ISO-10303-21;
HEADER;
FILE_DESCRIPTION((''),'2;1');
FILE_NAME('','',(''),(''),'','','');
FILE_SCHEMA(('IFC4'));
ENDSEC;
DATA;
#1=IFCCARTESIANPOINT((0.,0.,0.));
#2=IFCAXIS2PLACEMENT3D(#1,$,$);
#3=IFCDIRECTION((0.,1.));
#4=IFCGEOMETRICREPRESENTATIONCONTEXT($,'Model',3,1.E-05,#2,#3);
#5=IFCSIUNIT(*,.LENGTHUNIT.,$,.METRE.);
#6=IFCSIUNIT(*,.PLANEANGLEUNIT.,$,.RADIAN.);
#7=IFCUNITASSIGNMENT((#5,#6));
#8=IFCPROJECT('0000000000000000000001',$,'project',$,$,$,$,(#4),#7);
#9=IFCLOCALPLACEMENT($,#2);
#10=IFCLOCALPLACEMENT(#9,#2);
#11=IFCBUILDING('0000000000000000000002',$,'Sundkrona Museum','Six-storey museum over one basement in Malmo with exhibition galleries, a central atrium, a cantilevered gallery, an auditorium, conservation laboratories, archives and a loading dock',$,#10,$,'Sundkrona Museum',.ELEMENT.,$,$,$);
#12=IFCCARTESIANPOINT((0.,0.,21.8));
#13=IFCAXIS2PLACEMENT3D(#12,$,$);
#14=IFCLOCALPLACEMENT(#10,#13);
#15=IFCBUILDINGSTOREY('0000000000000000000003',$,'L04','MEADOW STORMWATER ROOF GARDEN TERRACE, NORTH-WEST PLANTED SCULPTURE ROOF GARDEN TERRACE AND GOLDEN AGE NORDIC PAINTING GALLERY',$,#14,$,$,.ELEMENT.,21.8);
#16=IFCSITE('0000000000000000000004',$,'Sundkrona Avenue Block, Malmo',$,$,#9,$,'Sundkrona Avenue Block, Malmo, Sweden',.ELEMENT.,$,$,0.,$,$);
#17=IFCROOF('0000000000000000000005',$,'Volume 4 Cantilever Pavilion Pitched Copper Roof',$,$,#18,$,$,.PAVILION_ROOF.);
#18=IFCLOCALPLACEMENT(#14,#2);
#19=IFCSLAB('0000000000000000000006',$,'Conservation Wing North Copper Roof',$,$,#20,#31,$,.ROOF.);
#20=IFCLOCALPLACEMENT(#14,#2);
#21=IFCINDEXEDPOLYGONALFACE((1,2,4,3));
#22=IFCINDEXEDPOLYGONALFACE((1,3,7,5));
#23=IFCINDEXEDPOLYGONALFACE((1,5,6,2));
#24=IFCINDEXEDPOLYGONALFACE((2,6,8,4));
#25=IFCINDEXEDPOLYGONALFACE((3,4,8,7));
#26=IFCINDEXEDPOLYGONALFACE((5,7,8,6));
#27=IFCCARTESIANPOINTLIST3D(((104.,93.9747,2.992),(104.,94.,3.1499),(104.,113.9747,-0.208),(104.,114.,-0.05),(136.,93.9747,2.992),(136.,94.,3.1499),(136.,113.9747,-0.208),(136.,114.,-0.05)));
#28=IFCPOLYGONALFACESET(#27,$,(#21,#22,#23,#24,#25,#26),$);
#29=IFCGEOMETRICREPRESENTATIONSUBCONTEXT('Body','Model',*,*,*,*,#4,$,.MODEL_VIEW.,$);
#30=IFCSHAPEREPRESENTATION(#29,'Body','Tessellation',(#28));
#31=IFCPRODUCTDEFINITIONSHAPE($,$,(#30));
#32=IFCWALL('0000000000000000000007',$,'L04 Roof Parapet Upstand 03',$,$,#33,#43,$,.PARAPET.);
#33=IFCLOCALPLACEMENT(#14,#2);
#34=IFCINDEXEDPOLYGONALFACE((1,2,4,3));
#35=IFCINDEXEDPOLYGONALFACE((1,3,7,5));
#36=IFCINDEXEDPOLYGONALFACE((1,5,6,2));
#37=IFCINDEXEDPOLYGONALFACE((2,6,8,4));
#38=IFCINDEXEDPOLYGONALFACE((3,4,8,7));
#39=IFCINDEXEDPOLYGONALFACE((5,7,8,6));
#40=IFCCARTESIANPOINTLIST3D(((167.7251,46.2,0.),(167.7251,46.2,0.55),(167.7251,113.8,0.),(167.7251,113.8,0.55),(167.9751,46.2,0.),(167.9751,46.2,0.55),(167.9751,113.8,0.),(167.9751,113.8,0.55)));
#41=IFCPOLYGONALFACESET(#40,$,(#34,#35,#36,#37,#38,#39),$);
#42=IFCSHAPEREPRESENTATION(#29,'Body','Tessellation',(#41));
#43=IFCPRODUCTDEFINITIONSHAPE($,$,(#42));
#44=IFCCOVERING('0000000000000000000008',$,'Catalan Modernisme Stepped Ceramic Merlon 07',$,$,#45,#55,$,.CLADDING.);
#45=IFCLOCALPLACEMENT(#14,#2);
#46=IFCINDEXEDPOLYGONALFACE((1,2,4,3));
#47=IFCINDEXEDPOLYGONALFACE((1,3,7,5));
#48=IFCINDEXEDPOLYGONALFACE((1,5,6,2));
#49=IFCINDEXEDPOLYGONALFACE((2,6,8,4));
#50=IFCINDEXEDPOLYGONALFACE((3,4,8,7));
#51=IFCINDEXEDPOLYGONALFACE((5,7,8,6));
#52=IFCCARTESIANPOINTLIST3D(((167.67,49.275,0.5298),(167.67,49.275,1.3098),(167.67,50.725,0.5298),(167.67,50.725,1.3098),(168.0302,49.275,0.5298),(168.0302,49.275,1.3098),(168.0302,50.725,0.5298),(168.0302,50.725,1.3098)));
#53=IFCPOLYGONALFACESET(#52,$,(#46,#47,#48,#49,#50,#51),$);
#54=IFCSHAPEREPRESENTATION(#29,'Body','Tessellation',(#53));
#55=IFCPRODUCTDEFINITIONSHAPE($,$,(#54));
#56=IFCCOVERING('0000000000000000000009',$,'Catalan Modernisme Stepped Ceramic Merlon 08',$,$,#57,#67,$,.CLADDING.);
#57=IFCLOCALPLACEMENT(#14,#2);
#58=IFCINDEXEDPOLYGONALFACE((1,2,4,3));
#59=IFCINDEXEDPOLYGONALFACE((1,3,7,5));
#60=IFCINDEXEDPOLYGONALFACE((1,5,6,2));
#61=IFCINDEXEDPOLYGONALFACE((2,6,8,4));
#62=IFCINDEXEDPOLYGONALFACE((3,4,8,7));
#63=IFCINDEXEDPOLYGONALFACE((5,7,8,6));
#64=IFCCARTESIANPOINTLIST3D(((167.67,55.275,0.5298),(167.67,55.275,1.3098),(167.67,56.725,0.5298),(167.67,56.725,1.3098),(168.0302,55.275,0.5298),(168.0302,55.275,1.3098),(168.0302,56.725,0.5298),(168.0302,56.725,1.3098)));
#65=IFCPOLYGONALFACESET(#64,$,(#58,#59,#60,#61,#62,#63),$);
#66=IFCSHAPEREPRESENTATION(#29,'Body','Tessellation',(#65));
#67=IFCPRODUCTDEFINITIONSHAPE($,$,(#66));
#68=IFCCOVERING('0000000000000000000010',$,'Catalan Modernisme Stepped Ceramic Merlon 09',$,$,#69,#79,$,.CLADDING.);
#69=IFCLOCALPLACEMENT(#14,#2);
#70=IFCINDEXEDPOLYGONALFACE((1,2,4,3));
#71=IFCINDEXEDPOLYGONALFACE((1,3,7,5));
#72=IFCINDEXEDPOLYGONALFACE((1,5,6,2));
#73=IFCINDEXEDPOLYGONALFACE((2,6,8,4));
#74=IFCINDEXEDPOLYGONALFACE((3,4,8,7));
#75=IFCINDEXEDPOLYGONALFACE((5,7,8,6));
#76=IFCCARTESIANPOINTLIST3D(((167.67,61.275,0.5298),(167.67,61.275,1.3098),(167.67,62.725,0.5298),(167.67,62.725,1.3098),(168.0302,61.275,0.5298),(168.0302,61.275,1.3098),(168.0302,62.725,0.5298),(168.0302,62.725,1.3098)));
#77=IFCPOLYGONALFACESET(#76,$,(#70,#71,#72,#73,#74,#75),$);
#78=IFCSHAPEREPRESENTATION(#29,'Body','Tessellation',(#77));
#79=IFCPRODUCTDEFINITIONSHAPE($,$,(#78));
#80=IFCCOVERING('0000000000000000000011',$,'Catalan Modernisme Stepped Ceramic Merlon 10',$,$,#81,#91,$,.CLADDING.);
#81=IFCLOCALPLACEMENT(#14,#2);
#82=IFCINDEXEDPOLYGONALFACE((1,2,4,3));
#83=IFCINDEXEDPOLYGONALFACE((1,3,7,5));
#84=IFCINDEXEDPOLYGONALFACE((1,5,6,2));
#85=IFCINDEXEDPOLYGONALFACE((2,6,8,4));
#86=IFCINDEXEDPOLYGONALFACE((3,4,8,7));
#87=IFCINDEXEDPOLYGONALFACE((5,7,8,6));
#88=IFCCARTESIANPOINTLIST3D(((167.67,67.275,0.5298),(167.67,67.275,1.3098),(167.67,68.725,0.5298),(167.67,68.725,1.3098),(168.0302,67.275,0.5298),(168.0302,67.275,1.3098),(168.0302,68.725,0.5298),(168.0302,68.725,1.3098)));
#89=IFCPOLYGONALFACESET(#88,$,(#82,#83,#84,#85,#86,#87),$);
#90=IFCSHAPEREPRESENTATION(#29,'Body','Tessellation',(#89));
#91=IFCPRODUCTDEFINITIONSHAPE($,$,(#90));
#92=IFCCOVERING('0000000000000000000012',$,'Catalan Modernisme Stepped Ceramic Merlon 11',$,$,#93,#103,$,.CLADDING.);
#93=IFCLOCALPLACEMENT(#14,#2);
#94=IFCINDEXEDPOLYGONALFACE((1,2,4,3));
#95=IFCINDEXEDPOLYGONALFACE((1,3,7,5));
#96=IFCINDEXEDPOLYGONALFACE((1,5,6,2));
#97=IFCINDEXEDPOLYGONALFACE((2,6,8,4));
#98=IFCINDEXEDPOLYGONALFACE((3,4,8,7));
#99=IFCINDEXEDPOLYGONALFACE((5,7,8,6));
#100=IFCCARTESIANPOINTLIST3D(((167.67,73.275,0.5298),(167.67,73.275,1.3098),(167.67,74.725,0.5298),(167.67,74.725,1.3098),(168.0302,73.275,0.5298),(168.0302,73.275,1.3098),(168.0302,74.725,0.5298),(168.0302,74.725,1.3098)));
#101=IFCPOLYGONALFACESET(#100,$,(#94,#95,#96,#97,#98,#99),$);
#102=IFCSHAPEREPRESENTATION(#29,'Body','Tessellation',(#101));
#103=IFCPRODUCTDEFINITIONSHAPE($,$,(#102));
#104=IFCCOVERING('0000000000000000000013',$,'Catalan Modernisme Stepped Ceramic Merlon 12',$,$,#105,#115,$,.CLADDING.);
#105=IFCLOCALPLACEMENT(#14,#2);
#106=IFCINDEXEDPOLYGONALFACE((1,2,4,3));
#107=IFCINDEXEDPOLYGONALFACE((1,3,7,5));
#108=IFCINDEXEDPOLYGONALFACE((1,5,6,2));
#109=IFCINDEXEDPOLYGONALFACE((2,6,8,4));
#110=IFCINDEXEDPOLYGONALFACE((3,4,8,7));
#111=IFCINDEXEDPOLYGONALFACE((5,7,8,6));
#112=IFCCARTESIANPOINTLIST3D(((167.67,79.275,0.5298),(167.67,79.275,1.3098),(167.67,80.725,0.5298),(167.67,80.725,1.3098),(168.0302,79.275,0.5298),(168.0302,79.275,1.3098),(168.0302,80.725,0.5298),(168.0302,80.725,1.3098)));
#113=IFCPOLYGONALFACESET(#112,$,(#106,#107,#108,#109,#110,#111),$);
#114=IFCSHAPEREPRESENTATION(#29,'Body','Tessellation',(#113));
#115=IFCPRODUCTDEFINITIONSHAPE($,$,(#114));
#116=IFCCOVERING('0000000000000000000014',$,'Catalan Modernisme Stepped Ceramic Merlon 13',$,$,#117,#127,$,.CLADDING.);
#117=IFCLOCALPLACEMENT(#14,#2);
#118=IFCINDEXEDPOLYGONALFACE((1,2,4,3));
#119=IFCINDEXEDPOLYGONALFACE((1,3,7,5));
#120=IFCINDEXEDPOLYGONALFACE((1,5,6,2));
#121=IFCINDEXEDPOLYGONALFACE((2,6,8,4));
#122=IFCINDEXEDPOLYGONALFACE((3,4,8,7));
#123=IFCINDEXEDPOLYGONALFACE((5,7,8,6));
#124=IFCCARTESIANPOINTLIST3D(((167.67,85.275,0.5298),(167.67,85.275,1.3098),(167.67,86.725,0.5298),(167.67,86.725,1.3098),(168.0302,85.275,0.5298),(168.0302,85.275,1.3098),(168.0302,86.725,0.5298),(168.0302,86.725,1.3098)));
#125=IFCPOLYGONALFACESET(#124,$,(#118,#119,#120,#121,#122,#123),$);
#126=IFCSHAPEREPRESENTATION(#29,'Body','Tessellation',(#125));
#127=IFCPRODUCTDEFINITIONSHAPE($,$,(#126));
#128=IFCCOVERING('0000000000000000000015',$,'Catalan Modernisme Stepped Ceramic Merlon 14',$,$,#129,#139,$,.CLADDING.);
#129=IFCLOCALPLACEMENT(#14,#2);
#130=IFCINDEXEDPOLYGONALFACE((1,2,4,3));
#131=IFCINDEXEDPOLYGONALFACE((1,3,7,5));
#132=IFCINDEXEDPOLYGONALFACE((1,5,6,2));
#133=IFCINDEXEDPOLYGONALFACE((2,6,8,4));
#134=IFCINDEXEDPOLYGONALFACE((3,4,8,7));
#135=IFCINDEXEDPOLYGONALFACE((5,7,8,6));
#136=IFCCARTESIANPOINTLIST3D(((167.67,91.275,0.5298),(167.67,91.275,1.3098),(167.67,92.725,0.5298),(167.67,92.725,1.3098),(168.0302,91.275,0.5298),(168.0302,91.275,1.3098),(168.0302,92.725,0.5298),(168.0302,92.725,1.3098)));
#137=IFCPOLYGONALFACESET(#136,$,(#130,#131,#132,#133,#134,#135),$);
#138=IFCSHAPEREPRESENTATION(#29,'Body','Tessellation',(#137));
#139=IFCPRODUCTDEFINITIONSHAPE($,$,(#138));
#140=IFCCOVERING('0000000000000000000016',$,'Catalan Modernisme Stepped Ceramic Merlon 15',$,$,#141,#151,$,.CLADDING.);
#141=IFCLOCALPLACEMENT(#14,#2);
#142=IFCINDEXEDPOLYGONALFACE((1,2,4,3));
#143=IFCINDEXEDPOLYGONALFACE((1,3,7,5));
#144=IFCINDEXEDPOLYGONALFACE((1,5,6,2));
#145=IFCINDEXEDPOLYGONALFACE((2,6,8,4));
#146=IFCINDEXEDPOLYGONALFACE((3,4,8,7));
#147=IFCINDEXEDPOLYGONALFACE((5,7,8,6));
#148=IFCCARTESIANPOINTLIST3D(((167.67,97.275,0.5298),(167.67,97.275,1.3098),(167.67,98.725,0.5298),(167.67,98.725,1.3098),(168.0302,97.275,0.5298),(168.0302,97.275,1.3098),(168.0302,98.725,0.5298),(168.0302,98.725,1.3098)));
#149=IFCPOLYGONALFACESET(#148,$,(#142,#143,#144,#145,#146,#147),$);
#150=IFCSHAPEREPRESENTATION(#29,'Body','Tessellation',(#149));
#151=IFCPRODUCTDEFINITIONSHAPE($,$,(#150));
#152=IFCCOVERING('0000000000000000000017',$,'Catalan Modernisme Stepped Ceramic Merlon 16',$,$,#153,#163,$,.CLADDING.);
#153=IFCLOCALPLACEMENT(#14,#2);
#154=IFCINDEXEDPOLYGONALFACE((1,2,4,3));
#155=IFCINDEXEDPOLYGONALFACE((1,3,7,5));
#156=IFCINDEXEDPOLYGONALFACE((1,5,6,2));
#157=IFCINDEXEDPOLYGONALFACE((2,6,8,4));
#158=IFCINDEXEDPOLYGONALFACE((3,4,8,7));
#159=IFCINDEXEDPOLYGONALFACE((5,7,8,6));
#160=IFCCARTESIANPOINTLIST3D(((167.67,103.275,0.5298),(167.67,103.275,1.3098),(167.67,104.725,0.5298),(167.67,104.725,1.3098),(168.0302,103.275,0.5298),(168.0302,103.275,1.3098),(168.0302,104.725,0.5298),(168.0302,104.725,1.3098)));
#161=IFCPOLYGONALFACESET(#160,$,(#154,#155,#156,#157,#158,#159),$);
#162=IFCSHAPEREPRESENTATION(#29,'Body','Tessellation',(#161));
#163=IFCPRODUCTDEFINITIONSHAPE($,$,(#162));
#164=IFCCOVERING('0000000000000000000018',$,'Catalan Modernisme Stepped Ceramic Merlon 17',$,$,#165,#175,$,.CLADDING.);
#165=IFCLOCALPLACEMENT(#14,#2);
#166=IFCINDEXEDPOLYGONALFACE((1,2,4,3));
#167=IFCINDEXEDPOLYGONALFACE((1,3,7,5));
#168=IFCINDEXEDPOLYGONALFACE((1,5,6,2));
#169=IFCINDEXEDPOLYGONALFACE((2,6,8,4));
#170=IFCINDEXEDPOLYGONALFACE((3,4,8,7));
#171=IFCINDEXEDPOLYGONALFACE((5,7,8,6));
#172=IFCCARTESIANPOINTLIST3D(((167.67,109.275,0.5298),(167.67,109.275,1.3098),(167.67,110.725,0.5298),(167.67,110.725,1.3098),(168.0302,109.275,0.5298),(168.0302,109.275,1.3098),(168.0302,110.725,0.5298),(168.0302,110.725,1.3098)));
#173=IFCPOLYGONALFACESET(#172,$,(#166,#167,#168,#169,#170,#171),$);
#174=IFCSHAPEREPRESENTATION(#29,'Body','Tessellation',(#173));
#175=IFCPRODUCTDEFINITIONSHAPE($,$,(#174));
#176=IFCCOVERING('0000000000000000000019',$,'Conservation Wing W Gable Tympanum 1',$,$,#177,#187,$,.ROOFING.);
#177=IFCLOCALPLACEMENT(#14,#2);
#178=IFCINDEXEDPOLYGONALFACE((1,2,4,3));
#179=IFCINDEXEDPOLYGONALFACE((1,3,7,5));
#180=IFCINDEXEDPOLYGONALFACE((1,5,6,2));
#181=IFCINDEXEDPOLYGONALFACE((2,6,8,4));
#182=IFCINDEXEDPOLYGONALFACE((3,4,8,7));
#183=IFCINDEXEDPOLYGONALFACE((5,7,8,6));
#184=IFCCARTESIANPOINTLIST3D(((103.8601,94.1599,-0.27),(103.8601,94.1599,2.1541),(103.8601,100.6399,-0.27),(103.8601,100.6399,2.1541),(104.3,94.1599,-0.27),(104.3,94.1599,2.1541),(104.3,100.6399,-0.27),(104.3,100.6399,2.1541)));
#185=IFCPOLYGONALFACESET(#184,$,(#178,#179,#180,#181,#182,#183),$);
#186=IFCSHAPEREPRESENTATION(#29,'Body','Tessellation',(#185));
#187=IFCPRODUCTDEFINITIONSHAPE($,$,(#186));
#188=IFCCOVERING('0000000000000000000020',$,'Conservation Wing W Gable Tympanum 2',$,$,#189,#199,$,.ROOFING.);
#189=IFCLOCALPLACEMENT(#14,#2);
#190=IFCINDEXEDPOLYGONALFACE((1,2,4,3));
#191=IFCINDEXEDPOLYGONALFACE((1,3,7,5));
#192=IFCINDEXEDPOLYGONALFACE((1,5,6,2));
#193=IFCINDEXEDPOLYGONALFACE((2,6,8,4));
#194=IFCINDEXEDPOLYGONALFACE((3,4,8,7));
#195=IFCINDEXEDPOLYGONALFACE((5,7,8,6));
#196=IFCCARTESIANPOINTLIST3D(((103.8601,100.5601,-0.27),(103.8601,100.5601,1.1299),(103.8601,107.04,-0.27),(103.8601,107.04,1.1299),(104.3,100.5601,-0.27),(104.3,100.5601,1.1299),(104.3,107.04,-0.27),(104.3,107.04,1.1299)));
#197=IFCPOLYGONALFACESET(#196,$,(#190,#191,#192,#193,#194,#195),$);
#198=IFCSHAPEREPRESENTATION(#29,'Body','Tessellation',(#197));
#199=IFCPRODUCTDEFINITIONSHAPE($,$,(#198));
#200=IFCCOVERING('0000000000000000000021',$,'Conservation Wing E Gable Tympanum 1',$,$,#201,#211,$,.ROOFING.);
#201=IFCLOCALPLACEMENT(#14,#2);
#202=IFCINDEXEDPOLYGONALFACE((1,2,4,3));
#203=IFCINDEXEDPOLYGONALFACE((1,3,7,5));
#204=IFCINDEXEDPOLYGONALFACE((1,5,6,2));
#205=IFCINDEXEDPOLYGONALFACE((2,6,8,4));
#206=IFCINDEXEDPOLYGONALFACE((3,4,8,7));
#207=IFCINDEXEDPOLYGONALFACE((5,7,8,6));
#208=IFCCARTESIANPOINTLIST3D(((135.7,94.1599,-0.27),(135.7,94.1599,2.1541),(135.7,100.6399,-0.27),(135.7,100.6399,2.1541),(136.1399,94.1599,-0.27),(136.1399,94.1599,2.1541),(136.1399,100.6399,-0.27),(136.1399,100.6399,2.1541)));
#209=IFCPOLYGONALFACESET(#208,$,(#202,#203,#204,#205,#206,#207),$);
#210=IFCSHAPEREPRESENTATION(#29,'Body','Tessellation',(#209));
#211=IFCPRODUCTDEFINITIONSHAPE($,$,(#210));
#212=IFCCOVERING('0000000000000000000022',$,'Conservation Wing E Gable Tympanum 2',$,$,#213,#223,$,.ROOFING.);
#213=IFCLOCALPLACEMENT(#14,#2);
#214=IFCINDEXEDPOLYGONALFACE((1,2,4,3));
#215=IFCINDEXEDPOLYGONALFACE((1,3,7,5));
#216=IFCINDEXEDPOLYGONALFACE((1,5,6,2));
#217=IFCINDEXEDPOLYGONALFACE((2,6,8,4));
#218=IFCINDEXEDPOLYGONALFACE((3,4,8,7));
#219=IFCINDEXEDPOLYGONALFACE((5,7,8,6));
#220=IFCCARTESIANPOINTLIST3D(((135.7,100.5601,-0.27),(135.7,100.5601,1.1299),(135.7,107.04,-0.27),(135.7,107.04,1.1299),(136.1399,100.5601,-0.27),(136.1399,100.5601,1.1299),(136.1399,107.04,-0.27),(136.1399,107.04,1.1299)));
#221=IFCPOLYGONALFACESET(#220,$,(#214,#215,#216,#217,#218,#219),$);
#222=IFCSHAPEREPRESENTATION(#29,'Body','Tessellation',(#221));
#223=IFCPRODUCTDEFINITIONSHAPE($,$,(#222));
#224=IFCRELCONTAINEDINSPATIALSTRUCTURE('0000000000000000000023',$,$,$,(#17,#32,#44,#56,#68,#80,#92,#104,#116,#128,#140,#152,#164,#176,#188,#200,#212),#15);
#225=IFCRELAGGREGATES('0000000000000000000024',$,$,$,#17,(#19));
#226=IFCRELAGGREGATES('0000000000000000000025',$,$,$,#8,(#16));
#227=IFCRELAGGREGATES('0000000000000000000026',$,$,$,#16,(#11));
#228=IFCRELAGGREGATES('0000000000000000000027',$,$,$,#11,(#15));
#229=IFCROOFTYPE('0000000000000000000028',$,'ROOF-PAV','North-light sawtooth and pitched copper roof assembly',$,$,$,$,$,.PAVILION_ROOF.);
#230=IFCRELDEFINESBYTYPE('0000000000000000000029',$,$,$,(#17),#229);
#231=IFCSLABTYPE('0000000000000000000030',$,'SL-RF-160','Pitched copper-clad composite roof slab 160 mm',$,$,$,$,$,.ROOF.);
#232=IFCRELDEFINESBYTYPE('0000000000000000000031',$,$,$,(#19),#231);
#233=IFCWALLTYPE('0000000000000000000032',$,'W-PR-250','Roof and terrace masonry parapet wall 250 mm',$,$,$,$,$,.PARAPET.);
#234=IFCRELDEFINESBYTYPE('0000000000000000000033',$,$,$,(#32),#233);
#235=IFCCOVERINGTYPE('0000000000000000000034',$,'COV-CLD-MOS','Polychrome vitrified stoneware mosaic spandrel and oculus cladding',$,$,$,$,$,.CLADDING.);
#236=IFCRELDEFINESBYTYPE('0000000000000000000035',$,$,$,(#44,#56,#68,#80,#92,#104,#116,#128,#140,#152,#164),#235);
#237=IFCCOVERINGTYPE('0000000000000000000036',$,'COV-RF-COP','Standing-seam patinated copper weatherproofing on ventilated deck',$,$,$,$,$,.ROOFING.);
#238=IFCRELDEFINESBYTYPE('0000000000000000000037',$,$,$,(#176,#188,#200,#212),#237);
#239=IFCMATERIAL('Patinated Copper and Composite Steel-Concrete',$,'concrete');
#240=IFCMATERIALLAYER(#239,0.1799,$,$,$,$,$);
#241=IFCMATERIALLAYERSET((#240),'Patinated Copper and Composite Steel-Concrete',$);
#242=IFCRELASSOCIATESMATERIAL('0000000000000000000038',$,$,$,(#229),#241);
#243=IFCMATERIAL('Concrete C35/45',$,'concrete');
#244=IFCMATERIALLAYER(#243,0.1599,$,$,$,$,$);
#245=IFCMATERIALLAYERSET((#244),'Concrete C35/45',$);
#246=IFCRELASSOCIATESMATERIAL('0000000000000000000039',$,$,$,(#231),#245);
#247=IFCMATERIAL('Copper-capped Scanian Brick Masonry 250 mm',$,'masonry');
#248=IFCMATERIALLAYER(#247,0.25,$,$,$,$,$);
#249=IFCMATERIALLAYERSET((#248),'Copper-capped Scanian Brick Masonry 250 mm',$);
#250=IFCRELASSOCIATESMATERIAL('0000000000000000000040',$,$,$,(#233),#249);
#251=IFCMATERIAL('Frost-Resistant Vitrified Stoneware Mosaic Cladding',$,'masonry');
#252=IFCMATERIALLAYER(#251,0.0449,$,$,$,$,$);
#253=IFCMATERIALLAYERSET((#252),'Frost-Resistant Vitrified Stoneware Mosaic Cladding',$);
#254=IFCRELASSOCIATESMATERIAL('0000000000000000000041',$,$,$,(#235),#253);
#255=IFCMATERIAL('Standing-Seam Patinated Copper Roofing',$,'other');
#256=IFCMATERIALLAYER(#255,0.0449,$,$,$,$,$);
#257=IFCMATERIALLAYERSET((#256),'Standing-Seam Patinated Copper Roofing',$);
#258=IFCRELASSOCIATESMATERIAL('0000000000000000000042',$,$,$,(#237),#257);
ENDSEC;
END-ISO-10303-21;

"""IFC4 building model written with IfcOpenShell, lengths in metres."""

from ifc_helpers import new_model, si_unit, direction, frame, frame_2d, origin, origin_2d, place, context, subcontext, project, spatial, polyline, rectangle, outline, extrude, material, layer, layer_set, type_object, element, aggregate, save


model = new_model("IFC4")

# Units and contexts
model_context = context("Model", 3, precision=1e-05, world=origin(), true_north=direction((0.0, 1.0)))
body_context = subcontext(model_context, "Body", "Model", "MODEL_VIEW")
ifc_project = project(units=[si_unit("LENGTHUNIT", "METRE"), si_unit("PLANEANGLEUNIT", "RADIAN")], contexts=[model_context])

# Site, building, storey
site_placement = place(None, origin())
site = spatial("IfcSite", under=ifc_project, at=site_placement, Name="Sundkrona Avenue Block, Malmo", LongName="Sundkrona Avenue Block, Malmo, Sweden", CompositionType="ELEMENT", RefElevation=0.0)
building_placement = place(site_placement, origin())
building = spatial("IfcBuilding", under=site, at=building_placement, Name="Sundkrona Museum", Description="Six-storey museum over one basement in Malmo with exhibition galleries, a central atrium, a cantilevered gallery, an auditorium, conservation laboratories, archives and a loading dock", LongName="Sundkrona Museum", CompositionType="ELEMENT")
storey_placement = place(building_placement, frame((0.0, 0.0, 21.8)))
storey = spatial("IfcBuildingStorey", under=building, at=storey_placement, Name="L04", Description="MEADOW STORMWATER ROOF GARDEN TERRACE, NORTH-WEST PLANTED SCULPTURE ROOF GARDEN TERRACE AND GOLDEN AGE NORDIC PAINTING GALLERY", CompositionType="ELEMENT", Elevation=21.8)

# Roof, slab
ifc_material_1 = material(Name="Patinated Copper and Composite Steel-Concrete", Category="concrete")
ifc_layer_1 = layer(ifc_material_1, 0.1799)
ifc_layer_set_1 = layer_set([ifc_layer_1], Name="Patinated Copper and Composite Steel-Concrete")
roof_type = type_object("IfcRoofType", Name="ROOF-PAV", Description="North-light sawtooth and pitched copper roof assembly", PredefinedType="PAVILION_ROOF", material=ifc_layer_set_1)
roof_placement = place(storey_placement, origin())
roof = element("IfcRoof", 1, at=roof_placement, inside=storey, type_object=roof_type, Name="Volume 4 Cantilever Pavilion Pitched Copper Roof", PredefinedType="PAVILION_ROOF")
ifc_material_2 = material(Name="Concrete C35/45", Category="concrete")
ifc_layer_2 = layer(ifc_material_2, 0.1599)
ifc_layer_set_2 = layer_set([ifc_layer_2], Name="Concrete C35/45")
slab_type = type_object("IfcSlabType", Name="SL-RF-160", Description="Pitched copper-clad composite roof slab 160 mm", PredefinedType="ROOF", material=ifc_layer_set_2)
slab_placement = place(storey_placement, frame((104.0, 94.0, 3.1499), z_axis=(0.0, 0.157988, 0.987441), x_axis=(1.0, 0.0, 0.0)))
slab = element("IfcSlab", 2, at=slab_placement, type_object=slab_type, Name="Conservation Wing North Copper Roof", PredefinedType="ROOF", context=body_context, shape_type="SweptSolid", body=[
    extrude(outline(polyline([(0.0, 0.0), (32.0, 0.0), (32.0, 20.2544), (0.0, 20.2544), (0.0, 0.0)])), origin(), (0.0, 0.0, -1.0), 0.1599),
])
aggregate(roof, [slab])

# Wall
ifc_material_3 = material(Name="Copper-capped Scanian Brick Masonry 250 mm", Category="masonry")
ifc_layer_3 = layer(ifc_material_3, 0.25)
ifc_layer_set_3 = layer_set([ifc_layer_3], Name="Copper-capped Scanian Brick Masonry 250 mm")
wall_type = type_object("IfcWallType", Name="W-PR-250", Description="Roof and terrace masonry parapet wall 250 mm", PredefinedType="PARAPET", material=ifc_layer_set_3)
wall_placement = place(storey_placement, frame((167.8501, 46.2, 0.0), z_axis=(0.0, 0.0, 1.0), x_axis=(0.0, 1.0, 0.0)))
element("IfcWall", 3, at=wall_placement, inside=storey, type_object=wall_type, Name="L04 Roof Parapet Upstand 03", PredefinedType="PARAPET", context=body_context, shape_type="SweptSolid", body=[
    extrude(rectangle(XDim=67.6001, YDim=0.25, at=frame_2d((33.8, 0.0))), origin(), (0.0, 0.0, 1.0), 0.55),
])

# Coverings
ifc_material_4 = material(Name="Frost-Resistant Vitrified Stoneware Mosaic Cladding", Category="masonry")
ifc_layer_4 = layer(ifc_material_4, 0.0449)
ifc_layer_set_4 = layer_set([ifc_layer_4], Name="Frost-Resistant Vitrified Stoneware Mosaic Cladding")
covering_type_1 = type_object("IfcCoveringType", Name="COV-CLD-MOS", Description="Polychrome vitrified stoneware mosaic spandrel and oculus cladding", PredefinedType="CLADDING", material=ifc_layer_set_4)
for number, where, z_axis, x_axis, name in (
    (4, (167.8501, 50.0, 0.5298), (0.0, 0.0, 1.0), (1.0, 0.0, 0.0), "Catalan Modernisme Stepped Ceramic Merlon 07"),
    (5, (167.8501, 56.0, 0.5298), (0.0, 0.0, 1.0), (1.0, 0.0, 0.0), "Catalan Modernisme Stepped Ceramic Merlon 08"),
    (6, (167.8501, 62.0, 0.5298), (0.0, 0.0, 1.0), (1.0, 0.0, 0.0), "Catalan Modernisme Stepped Ceramic Merlon 09"),
    (7, (167.8501, 68.0, 0.5298), (0.0, 0.0, 1.0), (1.0, 0.0, 0.0), "Catalan Modernisme Stepped Ceramic Merlon 10"),
    (8, (167.8501, 74.0, 0.5298), (0.0, 0.0, 1.0), (1.0, 0.0, 0.0), "Catalan Modernisme Stepped Ceramic Merlon 11"),
    (9, (167.8501, 80.0, 0.5298), (0.0, 0.0, 1.0), (1.0, 0.0, 0.0), "Catalan Modernisme Stepped Ceramic Merlon 12"),
    (10, (167.8501, 86.0, 0.5298), (0.0, 0.0, 1.0), (1.0, 0.0, 0.0), "Catalan Modernisme Stepped Ceramic Merlon 13"),
    (11, (167.8501, 92.0, 0.5298), (0.0, 0.0, 1.0), (1.0, 0.0, 0.0), "Catalan Modernisme Stepped Ceramic Merlon 14"),
    (12, (167.8501, 98.0, 0.5298), (0.0, 0.0, 1.0), (1.0, 0.0, 0.0), "Catalan Modernisme Stepped Ceramic Merlon 15"),
    (13, (167.8501, 104.0, 0.5298), (0.0, 0.0, 1.0), (1.0, 0.0, 0.0), "Catalan Modernisme Stepped Ceramic Merlon 16"),
    (14, (167.8501, 110.0, 0.5298), (0.0, 0.0, 1.0), (1.0, 0.0, 0.0), "Catalan Modernisme Stepped Ceramic Merlon 17"),
):
    element("IfcCovering", number, at=place(storey_placement, frame(where, z_axis=z_axis, x_axis=x_axis)), inside=storey, type_object=covering_type_1, Name=name, PredefinedType="CLADDING", context=body_context, shape_type="SweptSolid", body=[
        extrude(rectangle(XDim=0.3601, YDim=1.45, at=origin_2d()), origin(), (0.0, 0.0, 1.0), 0.78),
    ])
ifc_material_5 = material(Name="Standing-Seam Patinated Copper Roofing", Category="other")
ifc_layer_5 = layer(ifc_material_5, 0.0449)
ifc_layer_set_5 = layer_set([ifc_layer_5], Name="Standing-Seam Patinated Copper Roofing")
covering_type_2 = type_object("IfcCoveringType", Name="COV-RF-COP", Description="Standing-seam patinated copper weatherproofing on ventilated deck", PredefinedType="ROOFING", material=ifc_layer_set_5)
covering_1_placement = place(storey_placement, frame((104.0801, 97.3999, -0.27), z_axis=(0.0, 0.0, 1.0), x_axis=(0.0, 1.0, 0.0)))
element("IfcCovering", 15, at=covering_1_placement, inside=storey, type_object=covering_type_2, Name="Conservation Wing W Gable Tympanum 1", PredefinedType="ROOFING", context=body_context, shape_type="SweptSolid", body=[
    extrude(rectangle(XDim=6.48, YDim=0.4399, at=origin_2d()), origin(), (0.0, 0.0, 1.0), 2.4241),
])
covering_2_placement = place(storey_placement, frame((104.0801, 103.8, -0.27), z_axis=(0.0, 0.0, 1.0), x_axis=(0.0, 1.0, 0.0)))
element("IfcCovering", 16, at=covering_2_placement, inside=storey, type_object=covering_type_2, Name="Conservation Wing W Gable Tympanum 2", PredefinedType="ROOFING", context=body_context, shape_type="SweptSolid", body=[
    extrude(rectangle(XDim=6.48, YDim=0.4399, at=origin_2d()), origin(), (0.0, 0.0, 1.0), 1.3999),
])
covering_3_placement = place(storey_placement, frame((135.9199, 97.3999, -0.27), z_axis=(0.0, 0.0, 1.0), x_axis=(0.0, 1.0, 0.0)))
element("IfcCovering", 17, at=covering_3_placement, inside=storey, type_object=covering_type_2, Name="Conservation Wing E Gable Tympanum 1", PredefinedType="ROOFING", context=body_context, shape_type="SweptSolid", body=[
    extrude(rectangle(XDim=6.48, YDim=0.4399, at=origin_2d()), origin(), (0.0, 0.0, 1.0), 2.4241),
])
covering_4_placement = place(storey_placement, frame((135.9199, 103.8, -0.27), z_axis=(0.0, 0.0, 1.0), x_axis=(0.0, 1.0, 0.0)))
element("IfcCovering", 18, at=covering_4_placement, inside=storey, type_object=covering_type_2, Name="Conservation Wing E Gable Tympanum 2", PredefinedType="ROOFING", context=body_context, shape_type="SweptSolid", body=[
    extrude(rectangle(XDim=6.48, YDim=0.4399, at=origin_2d()), origin(), (0.0, 0.0, 1.0), 1.3999),
])

save(model, "model.ifc")
